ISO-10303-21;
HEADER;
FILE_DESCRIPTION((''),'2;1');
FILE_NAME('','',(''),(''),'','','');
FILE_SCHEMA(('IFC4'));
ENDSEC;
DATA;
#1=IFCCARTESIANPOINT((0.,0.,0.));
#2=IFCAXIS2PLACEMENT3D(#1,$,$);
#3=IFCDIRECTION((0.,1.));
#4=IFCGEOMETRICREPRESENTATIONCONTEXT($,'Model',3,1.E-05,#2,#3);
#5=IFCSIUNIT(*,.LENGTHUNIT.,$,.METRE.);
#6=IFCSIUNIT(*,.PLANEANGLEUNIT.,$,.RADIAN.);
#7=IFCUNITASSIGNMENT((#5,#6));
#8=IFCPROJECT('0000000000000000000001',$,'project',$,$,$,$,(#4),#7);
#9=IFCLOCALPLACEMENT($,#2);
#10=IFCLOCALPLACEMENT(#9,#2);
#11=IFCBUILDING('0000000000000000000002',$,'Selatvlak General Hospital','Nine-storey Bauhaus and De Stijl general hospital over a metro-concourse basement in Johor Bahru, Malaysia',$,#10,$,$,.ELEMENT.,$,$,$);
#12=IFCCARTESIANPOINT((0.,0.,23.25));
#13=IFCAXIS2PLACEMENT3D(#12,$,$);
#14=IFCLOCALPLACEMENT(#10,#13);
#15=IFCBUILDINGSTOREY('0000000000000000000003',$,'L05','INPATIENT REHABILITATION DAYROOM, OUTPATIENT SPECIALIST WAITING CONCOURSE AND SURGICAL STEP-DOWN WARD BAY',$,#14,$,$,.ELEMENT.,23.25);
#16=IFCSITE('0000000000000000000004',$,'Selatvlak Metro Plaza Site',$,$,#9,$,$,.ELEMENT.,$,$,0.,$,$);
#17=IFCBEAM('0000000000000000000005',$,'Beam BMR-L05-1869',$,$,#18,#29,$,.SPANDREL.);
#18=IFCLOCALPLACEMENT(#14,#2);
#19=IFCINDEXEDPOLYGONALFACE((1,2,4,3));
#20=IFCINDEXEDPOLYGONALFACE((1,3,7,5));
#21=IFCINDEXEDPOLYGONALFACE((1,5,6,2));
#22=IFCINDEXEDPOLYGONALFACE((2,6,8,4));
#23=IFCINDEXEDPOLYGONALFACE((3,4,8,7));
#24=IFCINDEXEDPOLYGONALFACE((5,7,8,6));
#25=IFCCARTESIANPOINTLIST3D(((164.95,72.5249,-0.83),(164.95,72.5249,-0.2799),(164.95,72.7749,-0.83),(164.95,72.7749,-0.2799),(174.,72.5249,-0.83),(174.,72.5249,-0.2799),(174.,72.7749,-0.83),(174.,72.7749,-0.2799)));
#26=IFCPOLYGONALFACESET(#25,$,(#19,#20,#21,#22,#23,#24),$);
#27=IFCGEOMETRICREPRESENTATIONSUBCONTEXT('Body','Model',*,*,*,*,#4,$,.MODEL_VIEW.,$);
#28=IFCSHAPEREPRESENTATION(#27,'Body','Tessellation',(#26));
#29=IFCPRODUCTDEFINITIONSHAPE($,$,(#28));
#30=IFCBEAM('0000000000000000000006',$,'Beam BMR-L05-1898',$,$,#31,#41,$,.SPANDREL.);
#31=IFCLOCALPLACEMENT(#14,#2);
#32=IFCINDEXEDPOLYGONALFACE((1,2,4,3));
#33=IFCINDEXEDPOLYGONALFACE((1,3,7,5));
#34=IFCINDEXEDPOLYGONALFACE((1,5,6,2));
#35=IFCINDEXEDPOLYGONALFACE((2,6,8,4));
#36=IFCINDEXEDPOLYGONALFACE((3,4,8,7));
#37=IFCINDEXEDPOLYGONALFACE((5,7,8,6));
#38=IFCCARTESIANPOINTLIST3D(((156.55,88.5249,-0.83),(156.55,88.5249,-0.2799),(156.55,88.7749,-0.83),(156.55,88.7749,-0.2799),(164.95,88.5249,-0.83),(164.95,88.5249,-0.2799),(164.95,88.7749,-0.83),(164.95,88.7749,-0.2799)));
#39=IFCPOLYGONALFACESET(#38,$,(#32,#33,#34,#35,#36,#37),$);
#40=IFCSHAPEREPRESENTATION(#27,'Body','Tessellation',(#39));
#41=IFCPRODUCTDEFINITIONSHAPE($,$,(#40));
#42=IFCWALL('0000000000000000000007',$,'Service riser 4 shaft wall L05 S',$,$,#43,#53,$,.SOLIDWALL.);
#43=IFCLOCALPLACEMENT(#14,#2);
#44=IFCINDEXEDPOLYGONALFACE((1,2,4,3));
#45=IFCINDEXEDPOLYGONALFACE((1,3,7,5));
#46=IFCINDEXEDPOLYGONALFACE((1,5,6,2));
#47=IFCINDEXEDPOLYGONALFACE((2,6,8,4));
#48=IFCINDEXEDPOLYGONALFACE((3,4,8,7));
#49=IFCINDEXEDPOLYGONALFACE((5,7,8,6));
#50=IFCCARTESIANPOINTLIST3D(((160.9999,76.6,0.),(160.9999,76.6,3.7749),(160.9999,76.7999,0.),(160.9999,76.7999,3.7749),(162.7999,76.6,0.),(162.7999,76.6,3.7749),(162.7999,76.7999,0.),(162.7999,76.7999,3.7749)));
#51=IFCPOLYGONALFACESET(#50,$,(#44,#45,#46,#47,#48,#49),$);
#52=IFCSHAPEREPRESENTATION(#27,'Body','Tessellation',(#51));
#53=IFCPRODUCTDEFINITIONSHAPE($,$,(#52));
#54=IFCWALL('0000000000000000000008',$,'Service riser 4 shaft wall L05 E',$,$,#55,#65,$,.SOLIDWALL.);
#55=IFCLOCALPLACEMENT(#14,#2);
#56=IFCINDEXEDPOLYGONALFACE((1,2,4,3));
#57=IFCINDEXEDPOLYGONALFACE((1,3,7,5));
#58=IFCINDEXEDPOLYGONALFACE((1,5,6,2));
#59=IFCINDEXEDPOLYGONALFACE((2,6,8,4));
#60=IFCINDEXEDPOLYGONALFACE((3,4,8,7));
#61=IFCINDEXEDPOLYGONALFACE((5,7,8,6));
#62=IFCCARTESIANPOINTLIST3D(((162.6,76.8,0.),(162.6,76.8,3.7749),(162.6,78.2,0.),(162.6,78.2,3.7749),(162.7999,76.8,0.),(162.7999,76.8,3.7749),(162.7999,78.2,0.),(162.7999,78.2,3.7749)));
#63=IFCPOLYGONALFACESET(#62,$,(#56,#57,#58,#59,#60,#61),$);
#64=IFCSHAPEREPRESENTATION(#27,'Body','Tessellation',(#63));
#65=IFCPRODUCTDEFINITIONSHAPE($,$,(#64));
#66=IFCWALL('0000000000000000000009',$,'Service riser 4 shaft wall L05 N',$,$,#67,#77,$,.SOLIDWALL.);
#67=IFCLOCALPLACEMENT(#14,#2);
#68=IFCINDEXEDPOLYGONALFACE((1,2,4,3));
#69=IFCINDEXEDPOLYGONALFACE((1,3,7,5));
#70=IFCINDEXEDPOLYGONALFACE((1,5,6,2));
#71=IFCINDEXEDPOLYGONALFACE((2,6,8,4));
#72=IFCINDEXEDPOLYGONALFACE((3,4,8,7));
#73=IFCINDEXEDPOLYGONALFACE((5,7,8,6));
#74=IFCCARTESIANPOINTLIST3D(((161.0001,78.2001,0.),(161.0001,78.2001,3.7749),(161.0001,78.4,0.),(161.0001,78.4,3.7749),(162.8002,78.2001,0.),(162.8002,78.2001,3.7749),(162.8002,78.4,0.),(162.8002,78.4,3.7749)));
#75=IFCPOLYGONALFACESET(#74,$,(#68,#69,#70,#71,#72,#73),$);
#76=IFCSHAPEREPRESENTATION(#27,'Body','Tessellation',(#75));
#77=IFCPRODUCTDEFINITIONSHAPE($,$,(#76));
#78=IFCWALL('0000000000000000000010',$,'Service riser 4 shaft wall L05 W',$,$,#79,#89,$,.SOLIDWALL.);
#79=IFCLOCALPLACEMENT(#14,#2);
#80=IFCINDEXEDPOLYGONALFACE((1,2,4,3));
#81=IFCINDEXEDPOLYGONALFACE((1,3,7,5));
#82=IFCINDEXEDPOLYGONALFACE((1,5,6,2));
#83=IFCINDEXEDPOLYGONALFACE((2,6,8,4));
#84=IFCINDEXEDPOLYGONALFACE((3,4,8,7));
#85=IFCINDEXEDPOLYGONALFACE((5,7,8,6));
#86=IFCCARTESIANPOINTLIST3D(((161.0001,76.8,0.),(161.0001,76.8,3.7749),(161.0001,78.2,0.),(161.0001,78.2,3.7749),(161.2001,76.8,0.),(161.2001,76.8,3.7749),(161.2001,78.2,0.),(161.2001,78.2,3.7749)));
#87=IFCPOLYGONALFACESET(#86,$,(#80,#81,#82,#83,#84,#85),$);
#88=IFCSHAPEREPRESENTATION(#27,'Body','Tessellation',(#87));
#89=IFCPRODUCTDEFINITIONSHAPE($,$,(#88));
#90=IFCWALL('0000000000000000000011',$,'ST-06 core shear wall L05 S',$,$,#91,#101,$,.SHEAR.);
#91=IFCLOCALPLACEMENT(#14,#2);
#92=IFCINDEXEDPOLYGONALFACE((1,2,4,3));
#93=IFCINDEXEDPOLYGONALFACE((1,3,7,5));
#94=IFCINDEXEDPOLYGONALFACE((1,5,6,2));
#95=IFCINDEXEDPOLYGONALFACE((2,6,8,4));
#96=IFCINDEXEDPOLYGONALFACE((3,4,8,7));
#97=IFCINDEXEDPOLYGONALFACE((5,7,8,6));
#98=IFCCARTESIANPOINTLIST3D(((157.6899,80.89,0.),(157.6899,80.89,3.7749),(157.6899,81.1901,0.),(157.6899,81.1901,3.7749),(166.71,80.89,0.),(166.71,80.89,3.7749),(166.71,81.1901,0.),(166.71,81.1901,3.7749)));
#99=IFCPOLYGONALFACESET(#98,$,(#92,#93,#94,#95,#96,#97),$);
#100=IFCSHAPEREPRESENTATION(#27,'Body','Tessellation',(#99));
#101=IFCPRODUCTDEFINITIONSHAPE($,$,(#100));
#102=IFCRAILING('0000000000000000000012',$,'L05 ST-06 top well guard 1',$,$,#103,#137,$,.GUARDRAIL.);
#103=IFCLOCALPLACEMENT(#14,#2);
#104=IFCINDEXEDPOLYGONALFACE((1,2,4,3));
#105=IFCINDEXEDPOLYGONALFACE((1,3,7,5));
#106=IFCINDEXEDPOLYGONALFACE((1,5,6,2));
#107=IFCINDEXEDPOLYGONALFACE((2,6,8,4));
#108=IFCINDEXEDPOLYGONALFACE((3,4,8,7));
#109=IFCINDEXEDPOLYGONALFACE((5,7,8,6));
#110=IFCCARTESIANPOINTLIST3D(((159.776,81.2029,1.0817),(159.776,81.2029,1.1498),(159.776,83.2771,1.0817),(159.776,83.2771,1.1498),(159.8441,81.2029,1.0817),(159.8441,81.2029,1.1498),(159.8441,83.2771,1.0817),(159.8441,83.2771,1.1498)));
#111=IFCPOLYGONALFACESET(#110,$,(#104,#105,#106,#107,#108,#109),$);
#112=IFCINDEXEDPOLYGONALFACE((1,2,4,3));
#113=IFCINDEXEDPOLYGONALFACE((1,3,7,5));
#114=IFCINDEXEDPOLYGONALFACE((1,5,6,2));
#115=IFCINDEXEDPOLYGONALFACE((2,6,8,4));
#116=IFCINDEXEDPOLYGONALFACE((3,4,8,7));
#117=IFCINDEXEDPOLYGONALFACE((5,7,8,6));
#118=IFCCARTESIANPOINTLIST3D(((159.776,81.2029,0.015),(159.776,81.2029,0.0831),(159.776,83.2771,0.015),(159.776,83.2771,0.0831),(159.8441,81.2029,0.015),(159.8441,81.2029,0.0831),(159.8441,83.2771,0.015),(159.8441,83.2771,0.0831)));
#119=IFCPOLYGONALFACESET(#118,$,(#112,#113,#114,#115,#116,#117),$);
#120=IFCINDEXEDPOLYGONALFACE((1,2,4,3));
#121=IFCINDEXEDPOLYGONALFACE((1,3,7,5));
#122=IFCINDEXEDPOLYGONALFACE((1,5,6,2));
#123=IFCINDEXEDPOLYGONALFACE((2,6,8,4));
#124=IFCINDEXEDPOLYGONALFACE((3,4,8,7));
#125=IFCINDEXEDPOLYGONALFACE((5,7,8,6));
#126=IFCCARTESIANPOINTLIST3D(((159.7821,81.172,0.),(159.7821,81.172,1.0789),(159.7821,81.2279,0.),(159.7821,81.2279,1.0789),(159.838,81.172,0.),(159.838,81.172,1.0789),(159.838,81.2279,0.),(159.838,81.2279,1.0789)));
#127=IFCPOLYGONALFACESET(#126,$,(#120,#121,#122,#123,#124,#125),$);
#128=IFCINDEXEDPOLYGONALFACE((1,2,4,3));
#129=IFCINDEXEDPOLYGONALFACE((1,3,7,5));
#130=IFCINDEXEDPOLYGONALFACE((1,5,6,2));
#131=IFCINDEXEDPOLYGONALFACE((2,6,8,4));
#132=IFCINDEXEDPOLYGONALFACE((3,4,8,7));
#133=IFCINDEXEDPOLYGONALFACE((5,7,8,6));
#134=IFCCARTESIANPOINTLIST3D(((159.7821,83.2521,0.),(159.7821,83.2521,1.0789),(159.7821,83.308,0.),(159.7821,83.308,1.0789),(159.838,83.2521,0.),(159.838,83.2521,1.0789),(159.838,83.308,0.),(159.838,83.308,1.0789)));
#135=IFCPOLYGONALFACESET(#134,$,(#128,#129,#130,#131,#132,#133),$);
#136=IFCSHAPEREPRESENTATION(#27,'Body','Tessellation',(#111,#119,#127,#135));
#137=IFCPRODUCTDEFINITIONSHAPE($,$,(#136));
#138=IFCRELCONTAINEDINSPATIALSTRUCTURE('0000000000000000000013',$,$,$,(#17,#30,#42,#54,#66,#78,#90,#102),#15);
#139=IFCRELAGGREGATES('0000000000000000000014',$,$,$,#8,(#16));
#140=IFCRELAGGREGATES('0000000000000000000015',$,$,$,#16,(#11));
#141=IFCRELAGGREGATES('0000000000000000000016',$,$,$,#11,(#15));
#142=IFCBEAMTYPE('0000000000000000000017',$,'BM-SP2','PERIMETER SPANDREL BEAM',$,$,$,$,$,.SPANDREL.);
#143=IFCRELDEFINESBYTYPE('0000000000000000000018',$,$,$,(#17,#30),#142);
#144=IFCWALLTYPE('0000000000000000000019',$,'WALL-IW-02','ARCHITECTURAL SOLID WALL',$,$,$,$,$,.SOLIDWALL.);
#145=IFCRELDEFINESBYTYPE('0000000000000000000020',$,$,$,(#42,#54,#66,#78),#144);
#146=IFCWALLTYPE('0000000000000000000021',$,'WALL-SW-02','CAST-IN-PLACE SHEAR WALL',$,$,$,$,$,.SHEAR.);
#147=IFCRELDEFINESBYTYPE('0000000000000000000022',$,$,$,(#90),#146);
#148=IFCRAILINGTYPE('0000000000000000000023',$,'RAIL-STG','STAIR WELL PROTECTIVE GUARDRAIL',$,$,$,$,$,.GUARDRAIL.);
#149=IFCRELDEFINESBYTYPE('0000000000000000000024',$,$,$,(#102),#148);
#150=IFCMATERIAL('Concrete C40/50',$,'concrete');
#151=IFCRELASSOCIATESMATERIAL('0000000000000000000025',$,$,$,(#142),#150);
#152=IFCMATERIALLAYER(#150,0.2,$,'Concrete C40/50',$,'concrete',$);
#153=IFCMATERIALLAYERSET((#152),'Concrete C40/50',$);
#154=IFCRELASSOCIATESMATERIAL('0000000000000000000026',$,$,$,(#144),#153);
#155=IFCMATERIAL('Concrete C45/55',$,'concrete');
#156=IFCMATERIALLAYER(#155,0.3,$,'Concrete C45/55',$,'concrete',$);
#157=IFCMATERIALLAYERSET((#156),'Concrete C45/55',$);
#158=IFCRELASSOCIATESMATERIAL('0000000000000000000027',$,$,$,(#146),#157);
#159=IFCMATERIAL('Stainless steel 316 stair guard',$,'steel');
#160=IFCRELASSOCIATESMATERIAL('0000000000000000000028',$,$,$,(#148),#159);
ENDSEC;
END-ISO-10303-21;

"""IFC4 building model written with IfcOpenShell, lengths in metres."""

from ifc_helpers import new_model, si_unit, direction, frame, frame_2d, origin, origin_2d, place, context, subcontext, project, spatial, rectangle, extrude, material, layer, layer_set, material_profile, profile_set, type_object, element, save


model = new_model("IFC4")

# Units and contexts
model_context = context("Model", 3, precision=1e-05, world=origin(), true_north=direction((0.0, 1.0)))
body_context = subcontext(model_context, "Body", "Model", "MODEL_VIEW")
ifc_project = project(units=[si_unit("LENGTHUNIT", "METRE"), si_unit("PLANEANGLEUNIT", "RADIAN")], contexts=[model_context])

# Site, building, storey
site_placement = place(None, origin())
site = spatial("IfcSite", under=ifc_project, at=site_placement, Name="Selatvlak Metro Plaza Site", CompositionType="ELEMENT", RefElevation=0.0)
building_placement = place(site_placement, origin())
building = spatial("IfcBuilding", under=site, at=building_placement, Name="Selatvlak General Hospital", Description="Nine-storey Bauhaus and De Stijl general hospital over a metro-concourse basement in Johor Bahru, Malaysia", CompositionType="ELEMENT")
storey_placement = place(building_placement, frame((0.0, 0.0, 23.25)))
storey = spatial("IfcBuildingStorey", under=building, at=storey_placement, Name="L05", Description="INPATIENT REHABILITATION DAYROOM, OUTPATIENT SPECIALIST WAITING CONCOURSE AND SURGICAL STEP-DOWN WARD BAY", CompositionType="ELEMENT", Elevation=23.25)

# Shared definitions
ifc_material_1 = material(Name="Concrete C40/50", Category="concrete")

# Beams
ifc_material_profile_1 = material_profile(ifc_material_1, rectangle(XDim=0.25, YDim=0.55, at=origin_2d()), Name="RC-SP 250x550")
ifc_profile_set_1 = profile_set([ifc_material_profile_1], Name="Concrete C40/50")
beam_type_1 = type_object("IfcBeamType", Name="BM-SP2", Description="PERIMETER SPANDREL BEAM", PredefinedType="SPANDREL", material=ifc_profile_set_1)
beam_1_placement = place(storey_placement, frame((164.95, 72.6499, -0.5549), z_axis=(1.0, 0.0, 0.0), x_axis=(0.0, 1.0, 0.0)))
element("IfcBeam", 1, at=beam_1_placement, inside=storey, type_object=beam_type_1, Name="Beam BMR-L05-1869", PredefinedType="SPANDREL", context=body_context, shape_type="SweptSolid", body=[
    extrude(rectangle(XDim=0.25, YDim=0.55, at=origin_2d()), origin(), (0.0, 0.0, 1.0), 9.05),
])
beam_2_placement = place(storey_placement, frame((156.55, 88.6499, -0.5549), z_axis=(1.0, 0.0, 0.0), x_axis=(0.0, 1.0, 0.0)))
element("IfcBeam", 2, at=beam_2_placement, inside=storey, type_object=beam_type_1, Name="Beam BMR-L05-1898", PredefinedType="SPANDREL", context=body_context, shape_type="SweptSolid", body=[
    extrude(rectangle(XDim=0.25, YDim=0.55, at=origin_2d()), origin(), (0.0, 0.0, 1.0), 8.3999),
])

# Walls
ifc_layer_1 = layer(ifc_material_1, 0.2, Name="Concrete C40/50", Category="concrete")
ifc_layer_set_1 = layer_set([ifc_layer_1], Name="Concrete C40/50")
wall_type_1 = type_object("IfcWallType", Name="WALL-IW-02", Description="ARCHITECTURAL SOLID WALL", PredefinedType="SOLIDWALL", material=ifc_layer_set_1)
wall_1_placement = place(storey_placement, frame((161.0, 76.7, 0.0), z_axis=(0.0, 0.0, 1.0), x_axis=(1.0, 0.0, 0.0)))
element("IfcWall", 3, at=wall_1_placement, inside=storey, type_object=wall_type_1, Name="Service riser 4 shaft wall L05 S", PredefinedType="SOLIDWALL", context=body_context, shape_type="SweptSolid", body=[
    extrude(rectangle(XDim=1.8, YDim=0.2, at=frame_2d((0.8999, 0.0))), origin(), (0.0, 0.0, 1.0), 3.7749),
])
wall_2_placement = place(storey_placement, frame((162.7, 76.8, 0.0), z_axis=(0.0, 0.0, 1.0), x_axis=(0.0, 1.0, 0.0)))
element("IfcWall", 4, at=wall_2_placement, inside=storey, type_object=wall_type_1, Name="Service riser 4 shaft wall L05 E", PredefinedType="SOLIDWALL", context=body_context, shape_type="SweptSolid", body=[
    extrude(rectangle(XDim=1.3999, YDim=0.2, at=frame_2d((0.7, 0.0))), origin(), (0.0, 0.0, 1.0), 3.7749),
])
wall_3_placement = place(storey_placement, frame((162.8, 78.3, 0.0), z_axis=(0.0, 0.0, 1.0), x_axis=(-1.0, 0.0, 0.0)))
element("IfcWall", 5, at=wall_3_placement, inside=storey, type_object=wall_type_1, Name="Service riser 4 shaft wall L05 N", PredefinedType="SOLIDWALL", context=body_context, shape_type="SweptSolid", body=[
    extrude(rectangle(XDim=1.8, YDim=0.2, at=frame_2d((0.8999, 0.0))), origin(), (0.0, 0.0, 1.0), 3.7749),
])
wall_4_placement = place(storey_placement, frame((161.1001, 78.2, 0.0), z_axis=(0.0, 0.0, 1.0), x_axis=(0.0, -1.0, 0.0)))
element("IfcWall", 6, at=wall_4_placement, inside=storey, type_object=wall_type_1, Name="Service riser 4 shaft wall L05 W", PredefinedType="SOLIDWALL", context=body_context, shape_type="SweptSolid", body=[
    extrude(rectangle(XDim=1.3999, YDim=0.2, at=frame_2d((0.7, 0.0))), origin(), (0.0, 0.0, 1.0), 3.7749),
])

# Wall
ifc_material_2 = material(Name="Concrete C45/55", Category="concrete")
ifc_layer_2 = layer(ifc_material_2, 0.3, Name="Concrete C45/55", Category="concrete")
ifc_layer_set_2 = layer_set([ifc_layer_2], Name="Concrete C45/55")
wall_type_2 = type_object("IfcWallType", Name="WALL-SW-02", Description="CAST-IN-PLACE SHEAR WALL", PredefinedType="SHEAR", material=ifc_layer_set_2)
wall_5_placement = place(storey_placement, frame((157.6899, 81.04, 0.0), z_axis=(0.0, 0.0, 1.0), x_axis=(1.0, 0.0, 0.0)))
element("IfcWall", 7, at=wall_5_placement, inside=storey, type_object=wall_type_2, Name="ST-06 core shear wall L05 S", PredefinedType="SHEAR", context=body_context, shape_type="SweptSolid", body=[
    extrude(rectangle(XDim=9.02, YDim=0.3, at=frame_2d((4.51, 0.0))), origin(), (0.0, 0.0, 1.0), 3.7749),
])

# Railing
ifc_material_3 = material(Name="Stainless steel 316 stair guard", Category="steel")
railing_type = type_object("IfcRailingType", Name="RAIL-STG", Description="STAIR WELL PROTECTIVE GUARDRAIL", PredefinedType="GUARDRAIL", material=ifc_material_3)
railing_1_placement = place(storey_placement, frame((159.8101, 81.2, 0.0)))
element("IfcRailing", 8, at=railing_1_placement, inside=storey, type_object=railing_type, Name="L05 ST-06 top well guard 1", PredefinedType="GUARDRAIL", context=body_context, shape_type="SweptSolid", body=[
    extrude(rectangle(XDim=0.0681, YDim=0.0681, at=origin_2d()), frame((0.0, 0.0029, 1.1157), z_axis=(0.0, 1.0, 0.0), x_axis=(-1.0, 0.0, 0.0)), (0.0, 0.0, 1.0), 2.0742),
    extrude(rectangle(XDim=0.0681, YDim=0.0681, at=origin_2d()), frame((0.0, 0.0029, 0.0491), z_axis=(0.0, 1.0, 0.0), x_axis=(-1.0, 0.0, 0.0)), (0.0, 0.0, 1.0), 2.0742),
    extrude(rectangle(XDim=0.0559, YDim=0.0559, at=origin_2d()), origin(), (0.0, 0.0, 1.0), 1.0789),
    extrude(rectangle(XDim=0.0559, YDim=0.0559, at=origin_2d()), frame((0.0, 2.0801, 0.0)), (0.0, 0.0, 1.0), 1.0789),
])

save(model, "model.ifc")
